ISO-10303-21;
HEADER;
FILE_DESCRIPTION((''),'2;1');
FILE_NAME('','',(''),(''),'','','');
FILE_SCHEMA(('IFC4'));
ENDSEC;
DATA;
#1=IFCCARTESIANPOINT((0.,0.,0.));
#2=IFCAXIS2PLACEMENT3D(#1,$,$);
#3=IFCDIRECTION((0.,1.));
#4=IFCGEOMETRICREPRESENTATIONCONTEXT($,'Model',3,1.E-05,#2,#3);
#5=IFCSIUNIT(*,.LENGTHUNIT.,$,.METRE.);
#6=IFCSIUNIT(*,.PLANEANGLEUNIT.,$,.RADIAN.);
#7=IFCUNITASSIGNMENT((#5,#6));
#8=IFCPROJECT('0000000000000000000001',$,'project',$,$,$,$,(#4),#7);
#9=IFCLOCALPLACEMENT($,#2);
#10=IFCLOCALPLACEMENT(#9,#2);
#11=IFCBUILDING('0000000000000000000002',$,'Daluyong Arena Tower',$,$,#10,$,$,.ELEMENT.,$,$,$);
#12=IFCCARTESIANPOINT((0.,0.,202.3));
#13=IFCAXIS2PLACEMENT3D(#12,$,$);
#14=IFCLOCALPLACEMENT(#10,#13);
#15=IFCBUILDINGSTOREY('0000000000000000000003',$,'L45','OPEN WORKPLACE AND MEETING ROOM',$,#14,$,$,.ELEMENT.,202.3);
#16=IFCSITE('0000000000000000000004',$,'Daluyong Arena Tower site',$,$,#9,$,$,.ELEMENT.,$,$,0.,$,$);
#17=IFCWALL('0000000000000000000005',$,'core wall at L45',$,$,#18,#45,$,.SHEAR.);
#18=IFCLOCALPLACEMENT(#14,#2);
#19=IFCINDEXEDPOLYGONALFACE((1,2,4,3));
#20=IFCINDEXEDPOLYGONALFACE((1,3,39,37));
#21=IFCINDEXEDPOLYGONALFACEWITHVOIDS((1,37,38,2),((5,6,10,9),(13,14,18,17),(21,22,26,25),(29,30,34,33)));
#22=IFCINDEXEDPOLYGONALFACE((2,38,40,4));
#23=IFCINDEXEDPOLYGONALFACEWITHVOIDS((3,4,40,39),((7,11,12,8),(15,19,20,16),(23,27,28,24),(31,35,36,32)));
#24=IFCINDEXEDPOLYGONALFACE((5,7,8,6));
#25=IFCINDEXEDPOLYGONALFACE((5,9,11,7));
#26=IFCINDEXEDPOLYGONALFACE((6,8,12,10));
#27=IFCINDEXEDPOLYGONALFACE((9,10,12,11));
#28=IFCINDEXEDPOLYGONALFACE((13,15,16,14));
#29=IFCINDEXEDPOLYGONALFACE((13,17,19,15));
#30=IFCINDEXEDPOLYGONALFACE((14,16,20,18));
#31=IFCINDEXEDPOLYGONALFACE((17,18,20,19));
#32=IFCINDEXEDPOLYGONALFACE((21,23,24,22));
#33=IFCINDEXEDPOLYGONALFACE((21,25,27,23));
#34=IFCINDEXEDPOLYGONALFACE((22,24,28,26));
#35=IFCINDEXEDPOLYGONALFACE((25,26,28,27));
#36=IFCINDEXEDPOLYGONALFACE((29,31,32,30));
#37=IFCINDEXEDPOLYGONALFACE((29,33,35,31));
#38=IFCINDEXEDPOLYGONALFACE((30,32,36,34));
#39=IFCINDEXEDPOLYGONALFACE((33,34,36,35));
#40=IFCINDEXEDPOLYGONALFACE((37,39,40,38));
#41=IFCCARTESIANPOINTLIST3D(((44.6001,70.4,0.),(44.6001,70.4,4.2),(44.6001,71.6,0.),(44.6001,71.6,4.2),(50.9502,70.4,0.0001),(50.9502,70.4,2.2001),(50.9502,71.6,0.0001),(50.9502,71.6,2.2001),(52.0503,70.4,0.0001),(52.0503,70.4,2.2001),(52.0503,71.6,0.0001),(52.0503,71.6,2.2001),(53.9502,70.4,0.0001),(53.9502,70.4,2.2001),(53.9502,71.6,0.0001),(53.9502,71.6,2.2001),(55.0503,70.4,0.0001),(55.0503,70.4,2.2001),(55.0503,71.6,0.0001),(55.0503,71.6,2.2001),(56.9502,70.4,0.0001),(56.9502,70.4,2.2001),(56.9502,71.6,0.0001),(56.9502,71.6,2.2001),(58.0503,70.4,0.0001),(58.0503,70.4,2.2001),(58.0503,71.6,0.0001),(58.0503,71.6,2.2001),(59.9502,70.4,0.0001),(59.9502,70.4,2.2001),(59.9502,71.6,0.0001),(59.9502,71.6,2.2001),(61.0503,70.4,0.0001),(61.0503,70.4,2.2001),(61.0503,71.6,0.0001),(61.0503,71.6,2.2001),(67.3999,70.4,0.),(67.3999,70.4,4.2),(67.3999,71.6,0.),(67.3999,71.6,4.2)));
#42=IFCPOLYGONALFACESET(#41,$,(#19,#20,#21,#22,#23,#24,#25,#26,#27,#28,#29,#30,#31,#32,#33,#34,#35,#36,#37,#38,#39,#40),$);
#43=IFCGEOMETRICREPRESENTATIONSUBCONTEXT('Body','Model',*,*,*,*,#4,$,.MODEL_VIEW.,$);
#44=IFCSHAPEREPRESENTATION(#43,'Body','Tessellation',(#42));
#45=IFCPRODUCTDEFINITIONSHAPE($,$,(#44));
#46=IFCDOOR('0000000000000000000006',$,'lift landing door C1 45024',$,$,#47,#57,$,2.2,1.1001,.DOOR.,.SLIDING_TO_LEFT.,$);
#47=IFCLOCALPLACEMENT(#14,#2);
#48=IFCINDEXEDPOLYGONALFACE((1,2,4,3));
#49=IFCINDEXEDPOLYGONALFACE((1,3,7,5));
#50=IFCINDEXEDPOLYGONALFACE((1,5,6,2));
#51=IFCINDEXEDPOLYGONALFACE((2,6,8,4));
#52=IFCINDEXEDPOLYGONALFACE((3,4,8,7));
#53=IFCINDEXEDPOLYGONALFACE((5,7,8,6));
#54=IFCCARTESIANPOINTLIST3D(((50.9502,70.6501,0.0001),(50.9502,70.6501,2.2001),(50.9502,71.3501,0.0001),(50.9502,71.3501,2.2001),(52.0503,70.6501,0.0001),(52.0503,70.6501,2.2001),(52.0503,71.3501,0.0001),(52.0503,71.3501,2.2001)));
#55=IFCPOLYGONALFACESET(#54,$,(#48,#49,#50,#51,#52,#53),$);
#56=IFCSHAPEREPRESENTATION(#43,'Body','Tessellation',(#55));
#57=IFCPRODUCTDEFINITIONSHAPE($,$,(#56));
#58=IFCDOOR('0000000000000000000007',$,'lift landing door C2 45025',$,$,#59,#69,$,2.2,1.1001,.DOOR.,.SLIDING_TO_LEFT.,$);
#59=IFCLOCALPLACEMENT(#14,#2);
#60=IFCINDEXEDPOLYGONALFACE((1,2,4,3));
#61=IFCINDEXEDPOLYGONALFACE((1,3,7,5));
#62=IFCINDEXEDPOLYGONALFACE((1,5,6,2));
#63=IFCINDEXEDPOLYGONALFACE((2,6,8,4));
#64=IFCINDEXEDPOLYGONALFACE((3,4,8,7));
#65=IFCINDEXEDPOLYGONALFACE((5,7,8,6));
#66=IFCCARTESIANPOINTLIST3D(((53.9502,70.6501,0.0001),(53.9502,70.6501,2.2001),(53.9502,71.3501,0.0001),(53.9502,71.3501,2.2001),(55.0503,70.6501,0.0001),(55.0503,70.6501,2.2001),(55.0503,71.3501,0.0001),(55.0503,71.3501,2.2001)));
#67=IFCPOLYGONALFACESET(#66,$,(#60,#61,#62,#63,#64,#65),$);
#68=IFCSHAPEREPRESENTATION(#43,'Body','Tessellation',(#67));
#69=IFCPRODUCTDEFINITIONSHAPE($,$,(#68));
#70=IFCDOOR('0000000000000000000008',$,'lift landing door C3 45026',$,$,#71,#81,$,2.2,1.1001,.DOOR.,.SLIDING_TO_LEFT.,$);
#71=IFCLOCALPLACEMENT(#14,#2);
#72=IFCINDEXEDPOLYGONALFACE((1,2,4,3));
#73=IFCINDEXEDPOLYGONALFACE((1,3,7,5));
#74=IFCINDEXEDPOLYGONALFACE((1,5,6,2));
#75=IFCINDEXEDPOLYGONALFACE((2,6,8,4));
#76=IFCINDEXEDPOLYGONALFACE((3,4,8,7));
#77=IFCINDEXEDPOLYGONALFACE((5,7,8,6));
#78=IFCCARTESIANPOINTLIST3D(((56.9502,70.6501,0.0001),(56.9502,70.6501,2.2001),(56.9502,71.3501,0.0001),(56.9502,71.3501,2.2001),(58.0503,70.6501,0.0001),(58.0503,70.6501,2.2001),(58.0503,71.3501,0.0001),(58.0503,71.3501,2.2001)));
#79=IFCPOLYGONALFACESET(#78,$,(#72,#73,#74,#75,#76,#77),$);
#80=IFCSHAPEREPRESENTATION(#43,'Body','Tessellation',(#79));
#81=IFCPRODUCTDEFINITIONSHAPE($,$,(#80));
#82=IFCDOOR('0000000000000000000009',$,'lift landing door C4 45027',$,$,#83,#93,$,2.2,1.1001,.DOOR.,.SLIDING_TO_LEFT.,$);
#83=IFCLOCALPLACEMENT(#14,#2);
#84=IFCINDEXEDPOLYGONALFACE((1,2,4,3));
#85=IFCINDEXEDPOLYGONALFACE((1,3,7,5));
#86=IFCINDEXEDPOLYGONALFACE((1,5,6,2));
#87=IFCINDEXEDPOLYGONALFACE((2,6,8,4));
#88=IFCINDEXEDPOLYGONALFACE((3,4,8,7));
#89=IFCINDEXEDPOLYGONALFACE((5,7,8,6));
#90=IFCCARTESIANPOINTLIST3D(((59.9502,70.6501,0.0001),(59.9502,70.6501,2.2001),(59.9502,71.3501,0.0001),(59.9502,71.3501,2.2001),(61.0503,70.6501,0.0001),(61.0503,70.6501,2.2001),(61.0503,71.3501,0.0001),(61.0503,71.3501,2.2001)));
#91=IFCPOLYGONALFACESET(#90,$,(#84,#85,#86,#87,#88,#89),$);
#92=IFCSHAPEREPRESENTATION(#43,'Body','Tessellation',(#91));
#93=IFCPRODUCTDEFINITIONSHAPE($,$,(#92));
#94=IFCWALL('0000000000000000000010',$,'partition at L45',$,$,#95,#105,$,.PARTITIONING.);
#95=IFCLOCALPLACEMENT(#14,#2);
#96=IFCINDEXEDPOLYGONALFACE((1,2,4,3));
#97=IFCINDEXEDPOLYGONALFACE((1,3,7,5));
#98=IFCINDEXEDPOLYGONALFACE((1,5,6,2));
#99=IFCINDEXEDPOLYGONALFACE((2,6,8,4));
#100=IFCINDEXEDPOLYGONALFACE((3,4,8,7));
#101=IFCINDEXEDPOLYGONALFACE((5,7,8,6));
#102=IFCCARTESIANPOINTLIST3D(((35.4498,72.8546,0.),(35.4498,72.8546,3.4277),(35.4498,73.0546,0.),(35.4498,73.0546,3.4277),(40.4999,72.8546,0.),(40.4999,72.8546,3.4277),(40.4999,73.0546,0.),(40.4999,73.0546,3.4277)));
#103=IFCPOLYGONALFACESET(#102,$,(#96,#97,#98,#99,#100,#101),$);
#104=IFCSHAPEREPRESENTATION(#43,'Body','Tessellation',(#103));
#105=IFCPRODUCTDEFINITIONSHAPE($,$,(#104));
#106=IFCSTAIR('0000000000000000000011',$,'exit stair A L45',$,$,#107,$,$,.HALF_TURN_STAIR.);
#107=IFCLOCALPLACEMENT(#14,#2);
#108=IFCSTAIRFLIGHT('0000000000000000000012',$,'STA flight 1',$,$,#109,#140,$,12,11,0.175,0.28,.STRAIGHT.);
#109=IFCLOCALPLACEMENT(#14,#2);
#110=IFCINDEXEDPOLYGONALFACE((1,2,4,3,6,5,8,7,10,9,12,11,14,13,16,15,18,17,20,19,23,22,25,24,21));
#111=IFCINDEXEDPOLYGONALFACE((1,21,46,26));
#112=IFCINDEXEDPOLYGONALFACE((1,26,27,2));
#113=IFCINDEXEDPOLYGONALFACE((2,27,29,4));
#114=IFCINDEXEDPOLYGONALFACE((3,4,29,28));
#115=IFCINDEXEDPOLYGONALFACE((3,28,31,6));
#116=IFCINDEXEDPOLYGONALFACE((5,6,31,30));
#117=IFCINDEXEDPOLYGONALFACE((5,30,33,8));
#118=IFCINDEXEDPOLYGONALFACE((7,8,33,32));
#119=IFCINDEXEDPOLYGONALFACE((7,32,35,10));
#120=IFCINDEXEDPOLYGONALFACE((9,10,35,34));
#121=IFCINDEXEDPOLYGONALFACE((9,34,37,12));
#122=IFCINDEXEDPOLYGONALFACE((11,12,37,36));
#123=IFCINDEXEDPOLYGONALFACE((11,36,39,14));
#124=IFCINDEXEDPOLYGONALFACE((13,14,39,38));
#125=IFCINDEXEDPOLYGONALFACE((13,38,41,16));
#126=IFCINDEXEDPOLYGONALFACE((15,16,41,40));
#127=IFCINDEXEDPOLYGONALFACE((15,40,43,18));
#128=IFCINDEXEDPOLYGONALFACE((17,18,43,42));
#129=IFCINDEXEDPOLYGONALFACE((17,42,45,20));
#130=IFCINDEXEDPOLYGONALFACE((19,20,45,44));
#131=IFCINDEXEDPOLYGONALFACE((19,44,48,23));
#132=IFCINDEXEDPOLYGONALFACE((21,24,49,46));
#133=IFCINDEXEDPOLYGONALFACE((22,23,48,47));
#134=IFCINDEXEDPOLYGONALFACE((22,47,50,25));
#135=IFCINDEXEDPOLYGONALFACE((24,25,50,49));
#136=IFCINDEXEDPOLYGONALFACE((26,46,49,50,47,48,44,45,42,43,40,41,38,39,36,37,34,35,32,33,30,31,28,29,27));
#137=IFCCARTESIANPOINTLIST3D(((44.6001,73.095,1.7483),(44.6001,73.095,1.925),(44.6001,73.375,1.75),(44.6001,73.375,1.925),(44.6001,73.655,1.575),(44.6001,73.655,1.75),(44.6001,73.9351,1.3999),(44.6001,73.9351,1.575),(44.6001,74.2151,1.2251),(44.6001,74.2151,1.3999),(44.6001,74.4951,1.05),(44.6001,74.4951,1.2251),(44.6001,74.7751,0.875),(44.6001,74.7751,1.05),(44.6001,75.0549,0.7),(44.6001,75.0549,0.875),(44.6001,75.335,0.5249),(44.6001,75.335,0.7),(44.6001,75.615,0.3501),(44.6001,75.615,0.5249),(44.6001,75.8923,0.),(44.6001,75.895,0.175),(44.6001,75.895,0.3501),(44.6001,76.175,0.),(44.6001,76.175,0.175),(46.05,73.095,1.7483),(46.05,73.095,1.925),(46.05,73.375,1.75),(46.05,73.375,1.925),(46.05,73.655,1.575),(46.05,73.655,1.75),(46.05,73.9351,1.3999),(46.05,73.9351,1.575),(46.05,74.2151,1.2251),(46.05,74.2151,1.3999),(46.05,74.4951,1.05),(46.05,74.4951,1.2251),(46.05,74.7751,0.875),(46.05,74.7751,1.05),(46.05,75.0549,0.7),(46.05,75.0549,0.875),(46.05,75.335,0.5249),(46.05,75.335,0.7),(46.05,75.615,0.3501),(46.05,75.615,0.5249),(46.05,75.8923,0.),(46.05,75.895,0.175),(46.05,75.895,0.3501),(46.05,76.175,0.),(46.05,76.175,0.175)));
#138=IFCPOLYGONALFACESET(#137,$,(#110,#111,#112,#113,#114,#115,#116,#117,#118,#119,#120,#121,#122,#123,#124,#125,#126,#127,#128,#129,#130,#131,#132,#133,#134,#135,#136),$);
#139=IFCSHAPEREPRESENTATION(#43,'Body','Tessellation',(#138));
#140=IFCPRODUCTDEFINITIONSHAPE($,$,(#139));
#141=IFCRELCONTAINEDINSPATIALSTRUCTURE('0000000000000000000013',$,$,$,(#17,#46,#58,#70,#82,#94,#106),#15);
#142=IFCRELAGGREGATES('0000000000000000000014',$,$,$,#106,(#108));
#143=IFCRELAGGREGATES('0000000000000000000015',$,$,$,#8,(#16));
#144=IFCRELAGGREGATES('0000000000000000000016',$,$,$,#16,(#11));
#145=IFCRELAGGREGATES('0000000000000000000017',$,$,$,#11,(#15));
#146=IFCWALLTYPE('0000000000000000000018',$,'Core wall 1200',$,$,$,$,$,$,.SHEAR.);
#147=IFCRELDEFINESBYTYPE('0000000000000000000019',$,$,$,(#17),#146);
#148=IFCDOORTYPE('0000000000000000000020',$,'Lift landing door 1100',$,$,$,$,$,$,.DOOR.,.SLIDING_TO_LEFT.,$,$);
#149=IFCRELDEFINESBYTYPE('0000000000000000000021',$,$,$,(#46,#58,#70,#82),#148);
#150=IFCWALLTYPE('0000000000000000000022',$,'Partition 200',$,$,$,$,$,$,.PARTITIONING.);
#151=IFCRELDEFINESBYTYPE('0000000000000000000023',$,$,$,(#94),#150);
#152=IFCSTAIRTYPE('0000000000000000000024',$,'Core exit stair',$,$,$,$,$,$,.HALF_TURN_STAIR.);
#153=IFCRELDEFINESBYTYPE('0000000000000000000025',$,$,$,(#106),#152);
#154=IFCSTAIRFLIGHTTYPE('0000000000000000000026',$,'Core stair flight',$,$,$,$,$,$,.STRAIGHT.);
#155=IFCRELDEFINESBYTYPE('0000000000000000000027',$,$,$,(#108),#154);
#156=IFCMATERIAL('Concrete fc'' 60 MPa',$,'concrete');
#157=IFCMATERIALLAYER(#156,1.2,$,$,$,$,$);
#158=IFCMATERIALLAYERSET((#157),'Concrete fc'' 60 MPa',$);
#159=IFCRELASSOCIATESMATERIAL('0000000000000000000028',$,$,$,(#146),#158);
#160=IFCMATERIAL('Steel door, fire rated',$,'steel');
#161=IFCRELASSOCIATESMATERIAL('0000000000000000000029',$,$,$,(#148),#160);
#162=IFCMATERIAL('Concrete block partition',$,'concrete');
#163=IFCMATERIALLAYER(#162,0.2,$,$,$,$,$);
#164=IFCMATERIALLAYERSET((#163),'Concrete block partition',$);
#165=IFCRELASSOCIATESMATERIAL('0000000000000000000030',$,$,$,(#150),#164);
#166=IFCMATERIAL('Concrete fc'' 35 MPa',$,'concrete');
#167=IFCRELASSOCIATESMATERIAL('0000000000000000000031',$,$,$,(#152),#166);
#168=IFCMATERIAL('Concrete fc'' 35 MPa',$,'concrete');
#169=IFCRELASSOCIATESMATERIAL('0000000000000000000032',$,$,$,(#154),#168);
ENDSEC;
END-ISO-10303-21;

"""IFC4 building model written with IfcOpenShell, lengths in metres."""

from ifc_helpers import new_model, si_unit, direction, frame, frame_2d, origin, place, context, subcontext, project, spatial, polyline, rectangle, outline, extrude, material, layer, layer_set, type_object, element, fill, aggregate, save


model = new_model("IFC4")

# Units and contexts
model_context = context("Model", 3, precision=1e-05, world=origin(), true_north=direction((0.0, 1.0)))
body_context = subcontext(model_context, "Body", "Model", "MODEL_VIEW")
ifc_project = project(units=[si_unit("LENGTHUNIT", "METRE"), si_unit("PLANEANGLEUNIT", "RADIAN")], contexts=[model_context])

# Site, building, storey
site_placement = place(None, origin())
site = spatial("IfcSite", under=ifc_project, at=site_placement, Name="Daluyong Arena Tower site", CompositionType="ELEMENT", RefElevation=0.0)
building_placement = place(site_placement, origin())
building = spatial("IfcBuilding", under=site, at=building_placement, Name="Daluyong Arena Tower", CompositionType="ELEMENT")
storey_placement = place(building_placement, frame((0.0, 0.0, 202.3)))
storey = spatial("IfcBuildingStorey", under=building, at=storey_placement, Name="L45", Description="OPEN WORKPLACE AND MEETING ROOM", CompositionType="ELEMENT", Elevation=202.3)

# Shared definitions
ifc_material_1 = material(Name="Concrete fc' 60 MPa", Category="concrete")
ifc_layer_1 = layer(ifc_material_1, 1.2)
ifc_layer_set_1 = layer_set([ifc_layer_1], Name="Concrete fc' 60 MPa")
wall_type_1 = type_object("IfcWallType", Name="Core wall 1200", PredefinedType="SHEAR", material=ifc_layer_set_1)

# Wall, openings, doors
wall_1_placement = place(storey_placement, frame((44.6001, 71.0, 0.0), z_axis=(0.0, 0.0, 1.0), x_axis=(1.0, 0.0, 0.0)))
wall_1 = element("IfcWall", 1, at=wall_1_placement, inside=storey, type_object=wall_type_1, Name="core wall at L45", PredefinedType="SHEAR", context=body_context, shape_type="SweptSolid", body=[
    extrude(rectangle(XDim=22.7998, YDim=1.2, at=frame_2d((11.3999, 0.0))), origin(), (0.0, 0.0, 1.0), 4.2),
])
opening_1_placement = place(wall_1_placement, frame((6.3501, 0.0, 0.0)))
opening_1 = element("IfcOpeningElement", 2, at=opening_1_placement, cuts=wall_1, PredefinedType="OPENING", context=body_context, shape_type="SweptSolid", body=[
    extrude(rectangle(XDim=1.1001, YDim=2.2, at=frame_2d((0.55, 1.1001))), frame((0.0, 0.6099, 0.0), z_axis=(0.0, -1.0, 0.0), x_axis=(1.0, 0.0, 0.0)), (0.0, 0.0, 1.0), 1.22),
])
opening_2_placement = place(wall_1_placement, frame((9.3501, 0.0, 0.0)))
opening_2 = element("IfcOpeningElement", 3, at=opening_2_placement, cuts=wall_1, PredefinedType="OPENING", context=body_context, shape_type="SweptSolid", body=[
    extrude(rectangle(XDim=1.1001, YDim=2.2, at=frame_2d((0.55, 1.1001))), frame((0.0, 0.6099, 0.0), z_axis=(0.0, -1.0, 0.0), x_axis=(1.0, 0.0, 0.0)), (0.0, 0.0, 1.0), 1.22),
])
opening_3_placement = place(wall_1_placement, frame((12.3501, 0.0, 0.0)))
opening_3 = element("IfcOpeningElement", 4, at=opening_3_placement, cuts=wall_1, PredefinedType="OPENING", context=body_context, shape_type="SweptSolid", body=[
    extrude(rectangle(XDim=1.1001, YDim=2.2, at=frame_2d((0.55, 1.1001))), frame((0.0, 0.6099, 0.0), z_axis=(0.0, -1.0, 0.0), x_axis=(1.0, 0.0, 0.0)), (0.0, 0.0, 1.0), 1.22),
])
opening_4_placement = place(wall_1_placement, frame((15.3501, 0.0, 0.0)))
opening_4 = element("IfcOpeningElement", 5, at=opening_4_placement, cuts=wall_1, PredefinedType="OPENING", context=body_context, shape_type="SweptSolid", body=[
    extrude(rectangle(XDim=1.1001, YDim=2.2, at=frame_2d((0.55, 1.1001))), frame((0.0, 0.6099, 0.0), z_axis=(0.0, -1.0, 0.0), x_axis=(1.0, 0.0, 0.0)), (0.0, 0.0, 1.0), 1.22),
])
ifc_material_2 = material(Name="Steel door, fire rated", Category="steel")
door_type_1 = type_object("IfcDoorType", Name="Lift landing door 1100", OperationType="SLIDING_TO_LEFT", PredefinedType="DOOR", material=ifc_material_2)
door_1_placement = place(opening_1_placement, origin())
door_1 = element("IfcDoor", 6, at=door_1_placement, inside=storey, type_object=door_type_1, Name="lift landing door C1 45024", OperationType="SLIDING_TO_LEFT", OverallHeight=2.2, OverallWidth=1.1001, PredefinedType="DOOR", context=body_context, shape_type="SweptSolid", body=[
    extrude(rectangle(XDim=1.1001, YDim=2.2, at=frame_2d((0.55, 1.1001))), frame((0.0, 0.3501, 0.0), z_axis=(0.0, -1.0, 0.0), x_axis=(1.0, 0.0, 0.0)), (0.0, 0.0, 1.0), 0.7),
])
fill(opening_1, door_1)
door_2_placement = place(opening_2_placement, origin())
door_2 = element("IfcDoor", 7, at=door_2_placement, inside=storey, type_object=door_type_1, Name="lift landing door C2 45025", OperationType="SLIDING_TO_LEFT", OverallHeight=2.2, OverallWidth=1.1001, PredefinedType="DOOR", context=body_context, shape_type="SweptSolid", body=[
    extrude(rectangle(XDim=1.1001, YDim=2.2, at=frame_2d((0.55, 1.1001))), frame((0.0, 0.3501, 0.0), z_axis=(0.0, -1.0, 0.0), x_axis=(1.0, 0.0, 0.0)), (0.0, 0.0, 1.0), 0.7),
])
fill(opening_2, door_2)
door_3_placement = place(opening_3_placement, origin())
door_3 = element("IfcDoor", 8, at=door_3_placement, inside=storey, type_object=door_type_1, Name="lift landing door C3 45026", OperationType="SLIDING_TO_LEFT", OverallHeight=2.2, OverallWidth=1.1001, PredefinedType="DOOR", context=body_context, shape_type="SweptSolid", body=[
    extrude(rectangle(XDim=1.1001, YDim=2.2, at=frame_2d((0.55, 1.1001))), frame((0.0, 0.3501, 0.0), z_axis=(0.0, -1.0, 0.0), x_axis=(1.0, 0.0, 0.0)), (0.0, 0.0, 1.0), 0.7),
])
fill(opening_3, door_3)
door_4_placement = place(opening_4_placement, origin())
door_4 = element("IfcDoor", 9, at=door_4_placement, inside=storey, type_object=door_type_1, Name="lift landing door C4 45027", OperationType="SLIDING_TO_LEFT", OverallHeight=2.2, OverallWidth=1.1001, PredefinedType="DOOR", context=body_context, shape_type="SweptSolid", body=[
    extrude(rectangle(XDim=1.1001, YDim=2.2, at=frame_2d((0.55, 1.1001))), frame((0.0, 0.3501, 0.0), z_axis=(0.0, -1.0, 0.0), x_axis=(1.0, 0.0, 0.0)), (0.0, 0.0, 1.0), 0.7),
])
fill(opening_4, door_4)

# Wall
ifc_material_3 = material(Name="Concrete block partition", Category="concrete")
ifc_layer_2 = layer(ifc_material_3, 0.2)
ifc_layer_set_2 = layer_set([ifc_layer_2], Name="Concrete block partition")
wall_type_2 = type_object("IfcWallType", Name="Partition 200", PredefinedType="PARTITIONING", material=ifc_layer_set_2)
wall_2_placement = place(storey_placement, frame((35.45, 72.9546, 0.0), z_axis=(0.0, 0.0, 1.0), x_axis=(1.0, 0.0, 0.0)))
element("IfcWall", 10, at=wall_2_placement, inside=storey, type_object=wall_type_2, Name="partition at L45", PredefinedType="PARTITIONING", context=body_context, shape_type="SweptSolid", body=[
    extrude(rectangle(XDim=5.05, YDim=0.2, at=frame_2d((2.5249, 0.0))), origin(), (0.0, 0.0, 1.0), 3.4277),
])

# Stair, stair flight
ifc_material_4 = material(Name="Concrete fc' 35 MPa", Category="concrete")
stair_type = type_object("IfcStairType", Name="Core exit stair", PredefinedType="HALF_TURN_STAIR", material=ifc_material_4)
stair_placement = place(storey_placement, origin())
stair = element("IfcStair", 11, at=stair_placement, inside=storey, type_object=stair_type, Name="exit stair A L45", PredefinedType="HALF_TURN_STAIR")
ifc_material_5 = material(Name="Concrete fc' 35 MPa", Category="concrete")
stair_flight_type = type_object("IfcStairFlightType", Name="Core stair flight", PredefinedType="STRAIGHT", material=ifc_material_5)
stair_flight_1_placement = place(storey_placement, frame((45.325, 76.175, 0.0), z_axis=(0.0, 0.0, 1.0), x_axis=(0.0, -1.0, 0.0)))
stair_flight_1 = element("IfcStairFlight", 12, at=stair_flight_1_placement, type_object=stair_flight_type, Name="STA flight 1", NumberOfRisers=12, NumberOfTreads=11, PredefinedType="STRAIGHT", RiserHeight=0.175, TreadLength=0.28, context=body_context, shape_type="SweptSolid", body=[
    extrude(outline(polyline([(0.0, 0.0), (0.0, 0.175), (0.28, 0.175), (0.28, 0.3501), (0.5601, 0.3501), (0.5601, 0.5249), (0.8401, 0.5249), (0.8401, 0.7), (1.1201, 0.7), (1.1201, 0.875), (1.3999, 0.875), (1.3999, 1.05), (1.6799, 1.05), (1.6799, 1.2251), (1.96, 1.2251), (1.96, 1.3999), (2.24, 1.3999), (2.24, 1.575), (2.52, 1.575), (2.52, 1.75), (2.8, 1.75), (2.8, 1.925), (3.0801, 1.925), (3.0801, 2.1001), (3.0801, 1.7483), (0.2827, 0.0), (0.0, 0.0)])), frame((0.0, 0.7251, 0.0), z_axis=(0.0, -1.0, 0.0), x_axis=(1.0, 0.0, 0.0)), (0.0, 0.0, 1.0), 1.45),
])
aggregate(stair, [stair_flight_1])

save(model, "model.ifc")
